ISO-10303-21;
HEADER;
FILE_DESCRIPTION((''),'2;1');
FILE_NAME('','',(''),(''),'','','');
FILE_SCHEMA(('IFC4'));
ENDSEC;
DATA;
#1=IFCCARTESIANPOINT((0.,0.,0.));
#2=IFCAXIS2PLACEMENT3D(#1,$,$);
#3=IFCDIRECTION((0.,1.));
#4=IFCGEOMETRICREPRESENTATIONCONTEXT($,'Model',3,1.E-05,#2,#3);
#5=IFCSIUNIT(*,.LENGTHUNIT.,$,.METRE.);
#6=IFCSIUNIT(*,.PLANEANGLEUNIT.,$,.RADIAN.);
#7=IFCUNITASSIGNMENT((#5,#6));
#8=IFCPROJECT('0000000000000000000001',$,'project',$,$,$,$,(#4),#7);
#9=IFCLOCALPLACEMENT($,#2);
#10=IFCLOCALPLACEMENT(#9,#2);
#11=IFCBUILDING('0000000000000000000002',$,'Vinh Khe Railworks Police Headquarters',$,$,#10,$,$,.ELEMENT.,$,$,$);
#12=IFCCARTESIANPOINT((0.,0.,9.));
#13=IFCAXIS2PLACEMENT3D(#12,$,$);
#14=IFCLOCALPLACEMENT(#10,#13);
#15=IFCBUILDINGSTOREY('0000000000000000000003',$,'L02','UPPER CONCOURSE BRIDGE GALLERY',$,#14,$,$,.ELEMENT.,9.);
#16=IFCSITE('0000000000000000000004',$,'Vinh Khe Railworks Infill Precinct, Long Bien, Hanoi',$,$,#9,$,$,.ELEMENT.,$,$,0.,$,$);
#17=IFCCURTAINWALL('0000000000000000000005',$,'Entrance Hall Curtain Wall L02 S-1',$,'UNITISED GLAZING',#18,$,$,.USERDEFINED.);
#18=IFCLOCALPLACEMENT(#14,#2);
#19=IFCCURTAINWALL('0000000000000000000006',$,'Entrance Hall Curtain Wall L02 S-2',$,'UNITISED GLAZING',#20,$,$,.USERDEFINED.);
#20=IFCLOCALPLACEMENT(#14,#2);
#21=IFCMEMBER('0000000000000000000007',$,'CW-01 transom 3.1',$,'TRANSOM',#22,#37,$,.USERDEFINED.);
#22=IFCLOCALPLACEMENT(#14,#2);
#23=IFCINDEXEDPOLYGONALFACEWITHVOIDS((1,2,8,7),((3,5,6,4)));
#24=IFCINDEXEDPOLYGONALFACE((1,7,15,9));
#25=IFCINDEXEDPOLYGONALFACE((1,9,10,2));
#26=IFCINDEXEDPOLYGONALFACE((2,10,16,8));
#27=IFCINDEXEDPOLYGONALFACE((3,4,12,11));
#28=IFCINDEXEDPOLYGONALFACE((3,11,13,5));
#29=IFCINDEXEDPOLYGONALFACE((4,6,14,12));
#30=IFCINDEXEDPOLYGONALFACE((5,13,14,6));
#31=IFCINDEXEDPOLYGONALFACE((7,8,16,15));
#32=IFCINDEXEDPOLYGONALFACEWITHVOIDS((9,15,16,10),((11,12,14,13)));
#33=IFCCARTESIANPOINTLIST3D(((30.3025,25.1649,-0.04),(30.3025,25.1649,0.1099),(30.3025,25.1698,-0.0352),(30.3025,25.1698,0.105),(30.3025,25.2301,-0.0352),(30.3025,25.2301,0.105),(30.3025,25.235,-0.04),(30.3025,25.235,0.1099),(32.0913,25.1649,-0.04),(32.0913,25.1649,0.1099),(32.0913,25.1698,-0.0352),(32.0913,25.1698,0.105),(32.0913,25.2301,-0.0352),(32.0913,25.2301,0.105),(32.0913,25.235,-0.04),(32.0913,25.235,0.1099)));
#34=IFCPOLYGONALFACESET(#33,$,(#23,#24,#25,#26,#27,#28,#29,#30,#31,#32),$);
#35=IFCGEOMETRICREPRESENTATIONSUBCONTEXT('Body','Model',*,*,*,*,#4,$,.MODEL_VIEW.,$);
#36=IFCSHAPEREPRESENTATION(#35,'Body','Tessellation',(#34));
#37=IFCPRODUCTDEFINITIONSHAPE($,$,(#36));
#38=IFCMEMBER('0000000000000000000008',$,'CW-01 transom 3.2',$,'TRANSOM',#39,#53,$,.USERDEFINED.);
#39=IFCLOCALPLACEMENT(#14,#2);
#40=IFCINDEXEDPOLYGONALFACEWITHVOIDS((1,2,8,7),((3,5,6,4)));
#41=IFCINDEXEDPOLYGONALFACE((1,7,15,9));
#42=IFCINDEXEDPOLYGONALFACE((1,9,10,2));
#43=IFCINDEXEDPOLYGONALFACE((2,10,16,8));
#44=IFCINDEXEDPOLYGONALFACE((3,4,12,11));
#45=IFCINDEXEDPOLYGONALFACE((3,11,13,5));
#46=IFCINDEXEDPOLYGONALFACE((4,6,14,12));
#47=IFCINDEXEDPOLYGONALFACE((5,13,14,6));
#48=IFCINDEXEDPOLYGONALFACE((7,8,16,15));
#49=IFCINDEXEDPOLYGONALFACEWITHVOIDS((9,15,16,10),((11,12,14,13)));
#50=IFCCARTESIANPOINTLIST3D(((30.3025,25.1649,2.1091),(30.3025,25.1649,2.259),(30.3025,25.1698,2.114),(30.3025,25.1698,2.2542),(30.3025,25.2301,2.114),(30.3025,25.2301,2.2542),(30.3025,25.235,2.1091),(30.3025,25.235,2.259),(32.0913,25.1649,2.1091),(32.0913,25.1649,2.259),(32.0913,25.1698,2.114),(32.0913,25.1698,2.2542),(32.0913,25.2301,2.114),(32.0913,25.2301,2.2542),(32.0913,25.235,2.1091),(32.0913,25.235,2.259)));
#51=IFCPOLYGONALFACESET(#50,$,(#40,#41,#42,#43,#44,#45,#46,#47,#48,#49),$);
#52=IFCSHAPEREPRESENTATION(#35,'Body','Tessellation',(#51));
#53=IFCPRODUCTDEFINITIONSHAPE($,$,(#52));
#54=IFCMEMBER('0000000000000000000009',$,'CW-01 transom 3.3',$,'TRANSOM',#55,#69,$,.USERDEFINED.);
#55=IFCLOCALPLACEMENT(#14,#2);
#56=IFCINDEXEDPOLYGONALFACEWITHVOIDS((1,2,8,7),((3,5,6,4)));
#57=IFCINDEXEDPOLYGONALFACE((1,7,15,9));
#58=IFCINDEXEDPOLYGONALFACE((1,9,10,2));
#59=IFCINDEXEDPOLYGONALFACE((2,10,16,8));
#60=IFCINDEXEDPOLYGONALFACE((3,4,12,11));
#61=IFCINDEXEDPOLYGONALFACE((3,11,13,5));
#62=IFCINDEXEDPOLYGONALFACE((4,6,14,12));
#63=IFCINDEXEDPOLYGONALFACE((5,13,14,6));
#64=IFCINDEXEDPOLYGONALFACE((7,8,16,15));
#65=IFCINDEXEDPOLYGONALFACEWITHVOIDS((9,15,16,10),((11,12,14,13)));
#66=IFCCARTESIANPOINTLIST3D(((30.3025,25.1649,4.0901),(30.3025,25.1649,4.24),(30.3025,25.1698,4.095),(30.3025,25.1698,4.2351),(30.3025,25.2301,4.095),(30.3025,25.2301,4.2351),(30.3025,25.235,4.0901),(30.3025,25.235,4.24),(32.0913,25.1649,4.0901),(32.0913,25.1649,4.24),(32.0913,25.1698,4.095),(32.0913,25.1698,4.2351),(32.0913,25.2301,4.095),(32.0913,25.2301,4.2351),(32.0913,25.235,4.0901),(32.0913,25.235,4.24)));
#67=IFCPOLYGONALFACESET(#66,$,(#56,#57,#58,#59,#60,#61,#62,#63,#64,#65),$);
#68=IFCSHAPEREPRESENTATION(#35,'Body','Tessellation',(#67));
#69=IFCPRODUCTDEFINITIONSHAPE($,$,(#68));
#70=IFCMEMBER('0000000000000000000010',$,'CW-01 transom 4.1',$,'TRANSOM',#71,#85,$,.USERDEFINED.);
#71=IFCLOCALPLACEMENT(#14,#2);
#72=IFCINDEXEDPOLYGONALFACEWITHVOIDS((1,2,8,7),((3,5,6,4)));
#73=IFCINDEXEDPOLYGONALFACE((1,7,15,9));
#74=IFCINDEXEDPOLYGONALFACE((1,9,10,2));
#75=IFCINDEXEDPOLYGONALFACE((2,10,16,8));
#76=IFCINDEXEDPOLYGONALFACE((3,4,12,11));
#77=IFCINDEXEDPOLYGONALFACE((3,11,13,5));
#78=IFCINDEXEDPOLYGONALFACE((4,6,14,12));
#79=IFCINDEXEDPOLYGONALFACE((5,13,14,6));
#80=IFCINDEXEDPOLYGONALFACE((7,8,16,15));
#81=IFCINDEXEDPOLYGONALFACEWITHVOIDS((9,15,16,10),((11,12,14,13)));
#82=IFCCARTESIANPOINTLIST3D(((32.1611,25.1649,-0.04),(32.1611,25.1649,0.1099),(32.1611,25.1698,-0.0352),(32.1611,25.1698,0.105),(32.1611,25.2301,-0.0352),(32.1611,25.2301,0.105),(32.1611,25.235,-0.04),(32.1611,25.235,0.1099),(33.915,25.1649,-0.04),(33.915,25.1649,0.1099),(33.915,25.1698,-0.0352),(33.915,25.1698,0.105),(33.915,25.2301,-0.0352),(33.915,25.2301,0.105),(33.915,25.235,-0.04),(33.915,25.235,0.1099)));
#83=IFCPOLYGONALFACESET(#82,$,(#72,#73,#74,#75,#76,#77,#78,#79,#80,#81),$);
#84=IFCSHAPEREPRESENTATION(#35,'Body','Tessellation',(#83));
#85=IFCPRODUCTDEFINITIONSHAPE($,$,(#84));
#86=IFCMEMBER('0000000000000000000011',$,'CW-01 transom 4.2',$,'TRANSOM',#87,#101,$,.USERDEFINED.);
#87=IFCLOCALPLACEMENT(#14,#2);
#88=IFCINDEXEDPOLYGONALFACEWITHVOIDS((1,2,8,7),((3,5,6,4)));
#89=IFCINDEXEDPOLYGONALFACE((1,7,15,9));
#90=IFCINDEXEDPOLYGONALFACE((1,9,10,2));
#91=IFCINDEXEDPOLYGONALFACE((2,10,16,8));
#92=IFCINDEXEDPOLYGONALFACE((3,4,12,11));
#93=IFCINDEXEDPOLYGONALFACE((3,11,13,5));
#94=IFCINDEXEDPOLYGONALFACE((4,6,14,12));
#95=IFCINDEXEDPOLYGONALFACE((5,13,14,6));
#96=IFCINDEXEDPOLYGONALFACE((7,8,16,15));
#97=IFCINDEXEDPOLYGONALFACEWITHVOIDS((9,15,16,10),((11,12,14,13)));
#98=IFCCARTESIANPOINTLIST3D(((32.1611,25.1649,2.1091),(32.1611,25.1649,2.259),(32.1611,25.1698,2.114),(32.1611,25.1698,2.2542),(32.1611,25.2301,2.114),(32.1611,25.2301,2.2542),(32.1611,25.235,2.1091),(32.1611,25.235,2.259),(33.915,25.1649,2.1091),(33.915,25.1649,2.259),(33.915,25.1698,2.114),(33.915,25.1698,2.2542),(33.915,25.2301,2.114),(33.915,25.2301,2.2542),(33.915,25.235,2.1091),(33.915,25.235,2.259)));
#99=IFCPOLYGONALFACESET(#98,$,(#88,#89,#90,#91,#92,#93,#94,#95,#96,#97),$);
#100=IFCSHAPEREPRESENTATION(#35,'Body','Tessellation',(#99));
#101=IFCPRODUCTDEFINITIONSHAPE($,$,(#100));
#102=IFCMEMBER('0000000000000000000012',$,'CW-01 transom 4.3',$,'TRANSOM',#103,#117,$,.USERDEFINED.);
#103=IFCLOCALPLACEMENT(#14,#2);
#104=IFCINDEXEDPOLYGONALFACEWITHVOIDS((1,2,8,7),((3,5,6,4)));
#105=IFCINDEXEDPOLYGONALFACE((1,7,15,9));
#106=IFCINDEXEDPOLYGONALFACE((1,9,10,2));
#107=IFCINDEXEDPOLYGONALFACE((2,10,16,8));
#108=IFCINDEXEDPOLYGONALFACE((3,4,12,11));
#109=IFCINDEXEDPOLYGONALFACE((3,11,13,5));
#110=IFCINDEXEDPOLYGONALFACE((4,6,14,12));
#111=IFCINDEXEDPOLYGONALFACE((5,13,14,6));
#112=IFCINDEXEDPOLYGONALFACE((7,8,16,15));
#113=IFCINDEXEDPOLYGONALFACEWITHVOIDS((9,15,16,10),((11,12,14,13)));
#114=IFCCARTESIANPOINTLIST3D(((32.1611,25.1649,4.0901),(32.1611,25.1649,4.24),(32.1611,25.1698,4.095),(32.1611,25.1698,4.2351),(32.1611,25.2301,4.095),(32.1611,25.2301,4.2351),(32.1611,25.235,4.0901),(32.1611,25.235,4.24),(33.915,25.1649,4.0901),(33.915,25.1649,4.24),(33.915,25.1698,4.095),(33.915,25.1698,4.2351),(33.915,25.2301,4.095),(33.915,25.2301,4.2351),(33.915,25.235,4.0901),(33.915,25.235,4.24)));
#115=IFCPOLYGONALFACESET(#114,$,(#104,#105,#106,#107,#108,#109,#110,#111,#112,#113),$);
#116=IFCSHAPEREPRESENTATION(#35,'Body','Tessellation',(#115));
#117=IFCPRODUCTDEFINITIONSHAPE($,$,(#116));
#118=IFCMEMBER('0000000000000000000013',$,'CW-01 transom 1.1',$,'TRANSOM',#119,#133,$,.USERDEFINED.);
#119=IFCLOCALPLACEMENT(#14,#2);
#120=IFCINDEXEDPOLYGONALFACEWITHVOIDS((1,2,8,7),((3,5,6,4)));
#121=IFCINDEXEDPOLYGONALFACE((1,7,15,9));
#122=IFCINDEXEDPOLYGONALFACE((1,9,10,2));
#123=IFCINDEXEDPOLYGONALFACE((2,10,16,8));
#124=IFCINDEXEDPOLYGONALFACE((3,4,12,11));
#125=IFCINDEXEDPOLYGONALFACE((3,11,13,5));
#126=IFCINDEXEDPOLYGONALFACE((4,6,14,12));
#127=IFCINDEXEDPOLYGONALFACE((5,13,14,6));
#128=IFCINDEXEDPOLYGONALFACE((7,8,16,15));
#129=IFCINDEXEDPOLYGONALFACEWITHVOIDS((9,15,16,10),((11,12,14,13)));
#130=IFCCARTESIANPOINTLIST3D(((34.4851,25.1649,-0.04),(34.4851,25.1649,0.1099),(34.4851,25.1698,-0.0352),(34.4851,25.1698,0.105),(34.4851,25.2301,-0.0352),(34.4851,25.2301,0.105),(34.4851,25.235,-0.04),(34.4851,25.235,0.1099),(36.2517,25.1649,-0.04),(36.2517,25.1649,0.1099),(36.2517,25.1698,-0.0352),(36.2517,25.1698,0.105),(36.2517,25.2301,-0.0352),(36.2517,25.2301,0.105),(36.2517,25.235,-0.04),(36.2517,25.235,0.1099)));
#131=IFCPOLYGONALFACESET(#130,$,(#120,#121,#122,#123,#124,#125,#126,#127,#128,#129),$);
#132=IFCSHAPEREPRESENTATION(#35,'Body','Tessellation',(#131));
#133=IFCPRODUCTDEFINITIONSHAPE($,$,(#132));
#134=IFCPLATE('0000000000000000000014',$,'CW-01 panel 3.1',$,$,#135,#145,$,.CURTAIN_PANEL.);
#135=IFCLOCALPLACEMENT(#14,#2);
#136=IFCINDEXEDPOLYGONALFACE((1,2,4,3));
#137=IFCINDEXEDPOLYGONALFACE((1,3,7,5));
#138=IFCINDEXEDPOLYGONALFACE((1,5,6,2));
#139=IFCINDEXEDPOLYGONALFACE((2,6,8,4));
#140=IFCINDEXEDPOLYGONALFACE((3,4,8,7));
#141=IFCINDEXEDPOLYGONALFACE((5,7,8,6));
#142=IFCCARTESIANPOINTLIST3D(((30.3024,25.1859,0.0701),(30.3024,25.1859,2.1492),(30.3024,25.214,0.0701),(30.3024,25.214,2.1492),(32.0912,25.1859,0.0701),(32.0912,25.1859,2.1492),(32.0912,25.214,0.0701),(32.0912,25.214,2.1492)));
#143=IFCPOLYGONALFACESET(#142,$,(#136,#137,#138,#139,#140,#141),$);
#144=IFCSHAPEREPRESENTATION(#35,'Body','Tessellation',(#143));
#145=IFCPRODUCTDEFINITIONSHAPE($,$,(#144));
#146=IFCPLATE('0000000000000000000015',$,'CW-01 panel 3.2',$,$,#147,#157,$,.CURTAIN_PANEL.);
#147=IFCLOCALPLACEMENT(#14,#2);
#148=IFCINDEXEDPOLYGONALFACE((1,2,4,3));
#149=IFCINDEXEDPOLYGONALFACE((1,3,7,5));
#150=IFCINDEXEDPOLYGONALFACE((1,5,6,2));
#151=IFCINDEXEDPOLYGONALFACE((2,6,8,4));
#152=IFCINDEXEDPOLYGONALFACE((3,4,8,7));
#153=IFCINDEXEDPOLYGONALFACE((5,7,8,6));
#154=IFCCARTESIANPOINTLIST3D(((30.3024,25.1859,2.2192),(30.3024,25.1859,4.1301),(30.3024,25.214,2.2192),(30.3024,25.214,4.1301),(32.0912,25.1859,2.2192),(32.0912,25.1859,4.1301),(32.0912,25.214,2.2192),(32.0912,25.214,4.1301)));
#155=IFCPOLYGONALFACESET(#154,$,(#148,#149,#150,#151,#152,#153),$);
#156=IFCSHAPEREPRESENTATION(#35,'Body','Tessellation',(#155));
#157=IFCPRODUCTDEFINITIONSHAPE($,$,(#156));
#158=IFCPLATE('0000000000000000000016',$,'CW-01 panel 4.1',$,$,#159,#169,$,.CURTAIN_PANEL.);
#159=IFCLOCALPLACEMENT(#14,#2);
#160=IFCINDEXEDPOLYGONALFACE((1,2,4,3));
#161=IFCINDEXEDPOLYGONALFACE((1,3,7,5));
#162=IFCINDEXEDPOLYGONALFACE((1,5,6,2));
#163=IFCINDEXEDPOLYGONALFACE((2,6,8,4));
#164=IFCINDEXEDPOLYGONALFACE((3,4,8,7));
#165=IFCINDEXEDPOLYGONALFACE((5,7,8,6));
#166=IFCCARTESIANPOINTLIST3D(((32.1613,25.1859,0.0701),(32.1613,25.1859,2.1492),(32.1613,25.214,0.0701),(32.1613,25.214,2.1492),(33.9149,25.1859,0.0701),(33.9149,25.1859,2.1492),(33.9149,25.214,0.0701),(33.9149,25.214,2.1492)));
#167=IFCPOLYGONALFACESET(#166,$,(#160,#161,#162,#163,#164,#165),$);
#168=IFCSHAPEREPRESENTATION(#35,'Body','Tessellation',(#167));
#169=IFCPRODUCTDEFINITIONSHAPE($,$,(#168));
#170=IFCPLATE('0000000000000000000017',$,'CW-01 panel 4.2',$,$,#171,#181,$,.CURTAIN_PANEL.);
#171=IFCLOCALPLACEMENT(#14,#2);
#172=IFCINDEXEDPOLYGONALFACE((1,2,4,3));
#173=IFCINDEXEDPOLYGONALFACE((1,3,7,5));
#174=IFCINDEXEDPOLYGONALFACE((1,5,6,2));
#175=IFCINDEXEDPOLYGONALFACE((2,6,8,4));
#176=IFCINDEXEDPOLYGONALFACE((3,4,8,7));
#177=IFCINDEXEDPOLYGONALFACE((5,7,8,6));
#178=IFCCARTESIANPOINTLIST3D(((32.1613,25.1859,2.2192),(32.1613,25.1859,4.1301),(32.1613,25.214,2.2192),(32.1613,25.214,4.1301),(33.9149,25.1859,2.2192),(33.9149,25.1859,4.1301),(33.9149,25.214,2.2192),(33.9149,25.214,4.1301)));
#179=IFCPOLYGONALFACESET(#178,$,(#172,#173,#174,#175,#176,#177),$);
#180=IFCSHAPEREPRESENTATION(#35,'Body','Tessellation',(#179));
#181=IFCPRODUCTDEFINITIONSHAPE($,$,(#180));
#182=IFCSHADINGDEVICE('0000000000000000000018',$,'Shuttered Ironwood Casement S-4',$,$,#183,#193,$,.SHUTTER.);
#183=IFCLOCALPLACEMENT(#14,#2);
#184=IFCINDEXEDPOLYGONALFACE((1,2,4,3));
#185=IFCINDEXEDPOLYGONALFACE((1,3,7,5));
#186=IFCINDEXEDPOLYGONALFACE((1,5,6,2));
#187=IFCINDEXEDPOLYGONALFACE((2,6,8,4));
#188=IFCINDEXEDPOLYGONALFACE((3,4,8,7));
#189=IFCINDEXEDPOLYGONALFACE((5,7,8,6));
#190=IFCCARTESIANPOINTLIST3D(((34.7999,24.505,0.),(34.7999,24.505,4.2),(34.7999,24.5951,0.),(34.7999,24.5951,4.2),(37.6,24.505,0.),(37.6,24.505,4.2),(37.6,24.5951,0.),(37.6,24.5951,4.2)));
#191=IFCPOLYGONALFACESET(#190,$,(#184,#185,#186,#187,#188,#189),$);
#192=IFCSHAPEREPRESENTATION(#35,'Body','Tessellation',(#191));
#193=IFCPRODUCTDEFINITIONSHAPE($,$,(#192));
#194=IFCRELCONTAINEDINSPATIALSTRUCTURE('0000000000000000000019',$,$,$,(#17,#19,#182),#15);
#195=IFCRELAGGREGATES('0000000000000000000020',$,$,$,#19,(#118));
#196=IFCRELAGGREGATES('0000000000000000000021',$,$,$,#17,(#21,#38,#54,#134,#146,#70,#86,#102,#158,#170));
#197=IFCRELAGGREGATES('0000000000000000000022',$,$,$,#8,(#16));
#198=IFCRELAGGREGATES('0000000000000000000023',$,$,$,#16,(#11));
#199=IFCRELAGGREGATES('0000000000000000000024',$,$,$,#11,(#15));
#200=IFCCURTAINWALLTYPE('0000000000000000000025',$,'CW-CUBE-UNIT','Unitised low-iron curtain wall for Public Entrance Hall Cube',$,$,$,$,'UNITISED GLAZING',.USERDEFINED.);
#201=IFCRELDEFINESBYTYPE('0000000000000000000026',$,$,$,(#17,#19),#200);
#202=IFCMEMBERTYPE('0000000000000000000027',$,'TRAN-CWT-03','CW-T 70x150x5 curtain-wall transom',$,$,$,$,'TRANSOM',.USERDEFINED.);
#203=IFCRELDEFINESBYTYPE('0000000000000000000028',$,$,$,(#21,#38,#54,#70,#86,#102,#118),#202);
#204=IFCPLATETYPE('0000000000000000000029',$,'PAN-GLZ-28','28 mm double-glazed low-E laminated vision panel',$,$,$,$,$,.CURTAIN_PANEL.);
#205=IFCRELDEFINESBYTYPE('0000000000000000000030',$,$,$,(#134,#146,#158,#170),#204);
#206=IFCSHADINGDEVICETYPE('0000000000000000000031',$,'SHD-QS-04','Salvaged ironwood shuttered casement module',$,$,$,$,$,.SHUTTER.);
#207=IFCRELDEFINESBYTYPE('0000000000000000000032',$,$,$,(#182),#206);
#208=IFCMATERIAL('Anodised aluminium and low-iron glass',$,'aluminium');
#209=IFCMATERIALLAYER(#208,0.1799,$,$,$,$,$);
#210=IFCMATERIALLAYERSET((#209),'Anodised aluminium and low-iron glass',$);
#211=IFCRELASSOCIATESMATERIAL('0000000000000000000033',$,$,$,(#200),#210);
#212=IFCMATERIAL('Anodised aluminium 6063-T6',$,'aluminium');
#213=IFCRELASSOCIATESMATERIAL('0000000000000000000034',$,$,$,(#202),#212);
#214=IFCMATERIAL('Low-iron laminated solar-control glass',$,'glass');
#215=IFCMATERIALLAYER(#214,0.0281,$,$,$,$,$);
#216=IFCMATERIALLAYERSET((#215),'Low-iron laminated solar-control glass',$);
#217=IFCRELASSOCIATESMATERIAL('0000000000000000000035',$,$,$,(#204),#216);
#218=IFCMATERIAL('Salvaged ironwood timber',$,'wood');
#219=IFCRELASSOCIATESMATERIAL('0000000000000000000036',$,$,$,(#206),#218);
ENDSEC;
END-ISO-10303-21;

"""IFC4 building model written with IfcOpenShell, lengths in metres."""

from ifc_helpers import new_model, si_unit, direction, frame, origin, origin_2d, place, context, subcontext, project, spatial, rectangle, hollow_rectangle, extrude, material, layer, layer_set, material_profile, profile_set, type_object, element, aggregate, save


model = new_model("IFC4")

# Units and contexts
model_context = context("Model", 3, precision=1e-05, world=origin(), true_north=direction((0.0, 1.0)))
body_context = subcontext(model_context, "Body", "Model", "MODEL_VIEW")
ifc_project = project(units=[si_unit("LENGTHUNIT", "METRE"), si_unit("PLANEANGLEUNIT", "RADIAN")], contexts=[model_context])

# Site, building, storey
site_placement = place(None, origin())
site = spatial("IfcSite", under=ifc_project, at=site_placement, Name="Vinh Khe Railworks Infill Precinct, Long Bien, Hanoi", CompositionType="ELEMENT", RefElevation=0.0)
building_placement = place(site_placement, origin())
building = spatial("IfcBuilding", under=site, at=building_placement, Name="Vinh Khe Railworks Police Headquarters", CompositionType="ELEMENT")
storey_placement = place(building_placement, frame((0.0, 0.0, 9.0)))
storey = spatial("IfcBuildingStorey", under=building, at=storey_placement, Name="L02", Description="UPPER CONCOURSE BRIDGE GALLERY", CompositionType="ELEMENT", Elevation=9.0)

# Shared definitions
ifc_material_1 = material(Name="Salvaged ironwood timber", Category="wood")

# Curtain wall
ifc_material_2 = material(Name="Anodised aluminium and low-iron glass", Category="aluminium")
ifc_layer_1 = layer(ifc_material_2, 0.1799)
ifc_layer_set_1 = layer_set([ifc_layer_1], Name="Anodised aluminium and low-iron glass")
curtain_wall_type = type_object("IfcCurtainWallType", Name="CW-CUBE-UNIT", Description="Unitised low-iron curtain wall for Public Entrance Hall Cube", ElementType="UNITISED GLAZING", PredefinedType="USERDEFINED", material=ifc_layer_set_1)
curtain_wall_1_placement = place(storey_placement, origin())
curtain_wall_1 = element("IfcCurtainWall", 1, at=curtain_wall_1_placement, inside=storey, type_object=curtain_wall_type, Name="Entrance Hall Curtain Wall L02 S-1", ObjectType="UNITISED GLAZING", PredefinedType="USERDEFINED")
ifc_material_3 = material(Name="Anodised aluminium 6063-T6", Category="aluminium")

# Curtain wall
curtain_wall_2_placement = place(storey_placement, origin())
curtain_wall_2 = element("IfcCurtainWall", 2, at=curtain_wall_2_placement, inside=storey, type_object=curtain_wall_type, Name="Entrance Hall Curtain Wall L02 S-2", ObjectType="UNITISED GLAZING", PredefinedType="USERDEFINED")

# Members
ifc_material_profile_1 = material_profile(ifc_material_3, hollow_rectangle(XDim=0.0701, YDim=0.1499, WallThickness=0.0049, at=origin_2d()), Name="CW-T 70x150x5")
ifc_profile_set_1 = profile_set([ifc_material_profile_1], Name="Anodised aluminium 6063-T6")
member_type_1 = type_object("IfcMemberType", Name="TRAN-CWT-03", Description="CW-T 70x150x5 curtain-wall transom", ElementType="TRANSOM", PredefinedType="USERDEFINED", material=ifc_profile_set_1)
member_1_placement = place(storey_placement, frame((30.3025, 25.2, 0.0349), z_axis=(1.0, 0.0, 0.0), x_axis=(0.0, 1.0, 0.0)))
member_1 = element("IfcMember", 3, at=member_1_placement, type_object=member_type_1, Name="CW-01 transom 3.1", ObjectType="TRANSOM", PredefinedType="USERDEFINED", context=body_context, shape_type="SweptSolid", body=[
    extrude(hollow_rectangle(XDim=0.0701, YDim=0.1499, WallThickness=0.0049, at=origin_2d()), origin(), (0.0, 0.0, 1.0), 1.7888),
])
member_2_placement = place(storey_placement, frame((30.3025, 25.2, 2.1841), z_axis=(1.0, 0.0, 0.0), x_axis=(0.0, 1.0, 0.0)))
member_2 = element("IfcMember", 4, at=member_2_placement, type_object=member_type_1, Name="CW-01 transom 3.2", ObjectType="TRANSOM", PredefinedType="USERDEFINED", context=body_context, shape_type="SweptSolid", body=[
    extrude(hollow_rectangle(XDim=0.0701, YDim=0.1499, WallThickness=0.0049, at=origin_2d()), origin(), (0.0, 0.0, 1.0), 1.7888),
])
member_3_placement = place(storey_placement, frame((30.3025, 25.2, 4.165), z_axis=(1.0, 0.0, 0.0), x_axis=(0.0, 1.0, 0.0)))
member_3 = element("IfcMember", 5, at=member_3_placement, type_object=member_type_1, Name="CW-01 transom 3.3", ObjectType="TRANSOM", PredefinedType="USERDEFINED", context=body_context, shape_type="SweptSolid", body=[
    extrude(hollow_rectangle(XDim=0.0701, YDim=0.1499, WallThickness=0.0049, at=origin_2d()), origin(), (0.0, 0.0, 1.0), 1.7888),
])
member_4_placement = place(storey_placement, frame((32.1611, 25.2, 0.0349), z_axis=(1.0, 0.0, 0.0), x_axis=(0.0, 1.0, 0.0)))
member_4 = element("IfcMember", 6, at=member_4_placement, type_object=member_type_1, Name="CW-01 transom 4.1", ObjectType="TRANSOM", PredefinedType="USERDEFINED", context=body_context, shape_type="SweptSolid", body=[
    extrude(hollow_rectangle(XDim=0.0701, YDim=0.1499, WallThickness=0.0049, at=origin_2d()), origin(), (0.0, 0.0, 1.0), 1.7539),
])
member_5_placement = place(storey_placement, frame((32.1611, 25.2, 2.1841), z_axis=(1.0, 0.0, 0.0), x_axis=(0.0, 1.0, 0.0)))
member_5 = element("IfcMember", 7, at=member_5_placement, type_object=member_type_1, Name="CW-01 transom 4.2", ObjectType="TRANSOM", PredefinedType="USERDEFINED", context=body_context, shape_type="SweptSolid", body=[
    extrude(hollow_rectangle(XDim=0.0701, YDim=0.1499, WallThickness=0.0049, at=origin_2d()), origin(), (0.0, 0.0, 1.0), 1.7539),
])
member_6_placement = place(storey_placement, frame((32.1611, 25.2, 4.165), z_axis=(1.0, 0.0, 0.0), x_axis=(0.0, 1.0, 0.0)))
member_6 = element("IfcMember", 8, at=member_6_placement, type_object=member_type_1, Name="CW-01 transom 4.3", ObjectType="TRANSOM", PredefinedType="USERDEFINED", context=body_context, shape_type="SweptSolid", body=[
    extrude(hollow_rectangle(XDim=0.0701, YDim=0.1499, WallThickness=0.0049, at=origin_2d()), origin(), (0.0, 0.0, 1.0), 1.7539),
])
member_7_placement = place(storey_placement, frame((34.4851, 25.2, 0.0349), z_axis=(1.0, 0.0, 0.0), x_axis=(0.0, 1.0, 0.0)))
member_7 = element("IfcMember", 9, at=member_7_placement, type_object=member_type_1, Name="CW-01 transom 1.1", ObjectType="TRANSOM", PredefinedType="USERDEFINED", context=body_context, shape_type="SweptSolid", body=[
    extrude(hollow_rectangle(XDim=0.0701, YDim=0.1499, WallThickness=0.0049, at=origin_2d()), origin(), (0.0, 0.0, 1.0), 1.7666),
])
aggregate(curtain_wall_2, [member_7])

# Plates
ifc_material_4 = material(Name="Low-iron laminated solar-control glass", Category="glass")
ifc_layer_2 = layer(ifc_material_4, 0.0281)
ifc_layer_set_2 = layer_set([ifc_layer_2], Name="Low-iron laminated solar-control glass")
plate_type = type_object("IfcPlateType", Name="PAN-GLZ-28", Description="28 mm double-glazed low-E laminated vision panel", PredefinedType="CURTAIN_PANEL", material=ifc_layer_set_2)
plate_1_placement = place(storey_placement, frame((31.1968, 25.2, 0.0701), z_axis=(0.0, 0.0, 1.0), x_axis=(1.0, 0.0, 0.0)))
plate_1 = element("IfcPlate", 10, at=plate_1_placement, type_object=plate_type, Name="CW-01 panel 3.1", PredefinedType="CURTAIN_PANEL", context=body_context, shape_type="SweptSolid", body=[
    extrude(rectangle(XDim=1.7888, YDim=0.0281, at=origin_2d()), origin(), (0.0, 0.0, 1.0), 2.0791),
])
plate_2_placement = place(storey_placement, frame((31.1968, 25.2, 2.2192), z_axis=(0.0, 0.0, 1.0), x_axis=(1.0, 0.0, 0.0)))
plate_2 = element("IfcPlate", 11, at=plate_2_placement, type_object=plate_type, Name="CW-01 panel 3.2", PredefinedType="CURTAIN_PANEL", context=body_context, shape_type="SweptSolid", body=[
    extrude(rectangle(XDim=1.7888, YDim=0.0281, at=origin_2d()), origin(), (0.0, 0.0, 1.0), 1.9109),
])
plate_3_placement = place(storey_placement, frame((33.0381, 25.2, 0.0701), z_axis=(0.0, 0.0, 1.0), x_axis=(1.0, 0.0, 0.0)))
plate_3 = element("IfcPlate", 12, at=plate_3_placement, type_object=plate_type, Name="CW-01 panel 4.1", PredefinedType="CURTAIN_PANEL", context=body_context, shape_type="SweptSolid", body=[
    extrude(rectangle(XDim=1.7537, YDim=0.0281, at=origin_2d()), origin(), (0.0, 0.0, 1.0), 2.0791),
])
plate_4_placement = place(storey_placement, frame((33.0381, 25.2, 2.2192), z_axis=(0.0, 0.0, 1.0), x_axis=(1.0, 0.0, 0.0)))
plate_4 = element("IfcPlate", 13, at=plate_4_placement, type_object=plate_type, Name="CW-01 panel 4.2", PredefinedType="CURTAIN_PANEL", context=body_context, shape_type="SweptSolid", body=[
    extrude(rectangle(XDim=1.7537, YDim=0.0281, at=origin_2d()), origin(), (0.0, 0.0, 1.0), 1.9109),
])
aggregate(curtain_wall_1, [member_1, member_2, member_3, plate_1, plate_2, member_4, member_5, member_6, plate_3, plate_4])

# Shading device
shading_device_type = type_object("IfcShadingDeviceType", Name="SHD-QS-04", Description="Salvaged ironwood shuttered casement module", PredefinedType="SHUTTER", material=ifc_material_1)
shading_device_placement = place(storey_placement, frame((36.2, 24.55, 0.0), z_axis=(0.0, 0.0, 1.0), x_axis=(1.0, 0.0, 0.0)))
element("IfcShadingDevice", 14, at=shading_device_placement, inside=storey, type_object=shading_device_type, Name="Shuttered Ironwood Casement S-4", PredefinedType="SHUTTER", context=body_context, shape_type="SweptSolid", body=[
    extrude(rectangle(XDim=2.8, YDim=0.0901, at=origin_2d()), origin(), (0.0, 0.0, 1.0), 4.2),
])

save(model, "model.ifc")
